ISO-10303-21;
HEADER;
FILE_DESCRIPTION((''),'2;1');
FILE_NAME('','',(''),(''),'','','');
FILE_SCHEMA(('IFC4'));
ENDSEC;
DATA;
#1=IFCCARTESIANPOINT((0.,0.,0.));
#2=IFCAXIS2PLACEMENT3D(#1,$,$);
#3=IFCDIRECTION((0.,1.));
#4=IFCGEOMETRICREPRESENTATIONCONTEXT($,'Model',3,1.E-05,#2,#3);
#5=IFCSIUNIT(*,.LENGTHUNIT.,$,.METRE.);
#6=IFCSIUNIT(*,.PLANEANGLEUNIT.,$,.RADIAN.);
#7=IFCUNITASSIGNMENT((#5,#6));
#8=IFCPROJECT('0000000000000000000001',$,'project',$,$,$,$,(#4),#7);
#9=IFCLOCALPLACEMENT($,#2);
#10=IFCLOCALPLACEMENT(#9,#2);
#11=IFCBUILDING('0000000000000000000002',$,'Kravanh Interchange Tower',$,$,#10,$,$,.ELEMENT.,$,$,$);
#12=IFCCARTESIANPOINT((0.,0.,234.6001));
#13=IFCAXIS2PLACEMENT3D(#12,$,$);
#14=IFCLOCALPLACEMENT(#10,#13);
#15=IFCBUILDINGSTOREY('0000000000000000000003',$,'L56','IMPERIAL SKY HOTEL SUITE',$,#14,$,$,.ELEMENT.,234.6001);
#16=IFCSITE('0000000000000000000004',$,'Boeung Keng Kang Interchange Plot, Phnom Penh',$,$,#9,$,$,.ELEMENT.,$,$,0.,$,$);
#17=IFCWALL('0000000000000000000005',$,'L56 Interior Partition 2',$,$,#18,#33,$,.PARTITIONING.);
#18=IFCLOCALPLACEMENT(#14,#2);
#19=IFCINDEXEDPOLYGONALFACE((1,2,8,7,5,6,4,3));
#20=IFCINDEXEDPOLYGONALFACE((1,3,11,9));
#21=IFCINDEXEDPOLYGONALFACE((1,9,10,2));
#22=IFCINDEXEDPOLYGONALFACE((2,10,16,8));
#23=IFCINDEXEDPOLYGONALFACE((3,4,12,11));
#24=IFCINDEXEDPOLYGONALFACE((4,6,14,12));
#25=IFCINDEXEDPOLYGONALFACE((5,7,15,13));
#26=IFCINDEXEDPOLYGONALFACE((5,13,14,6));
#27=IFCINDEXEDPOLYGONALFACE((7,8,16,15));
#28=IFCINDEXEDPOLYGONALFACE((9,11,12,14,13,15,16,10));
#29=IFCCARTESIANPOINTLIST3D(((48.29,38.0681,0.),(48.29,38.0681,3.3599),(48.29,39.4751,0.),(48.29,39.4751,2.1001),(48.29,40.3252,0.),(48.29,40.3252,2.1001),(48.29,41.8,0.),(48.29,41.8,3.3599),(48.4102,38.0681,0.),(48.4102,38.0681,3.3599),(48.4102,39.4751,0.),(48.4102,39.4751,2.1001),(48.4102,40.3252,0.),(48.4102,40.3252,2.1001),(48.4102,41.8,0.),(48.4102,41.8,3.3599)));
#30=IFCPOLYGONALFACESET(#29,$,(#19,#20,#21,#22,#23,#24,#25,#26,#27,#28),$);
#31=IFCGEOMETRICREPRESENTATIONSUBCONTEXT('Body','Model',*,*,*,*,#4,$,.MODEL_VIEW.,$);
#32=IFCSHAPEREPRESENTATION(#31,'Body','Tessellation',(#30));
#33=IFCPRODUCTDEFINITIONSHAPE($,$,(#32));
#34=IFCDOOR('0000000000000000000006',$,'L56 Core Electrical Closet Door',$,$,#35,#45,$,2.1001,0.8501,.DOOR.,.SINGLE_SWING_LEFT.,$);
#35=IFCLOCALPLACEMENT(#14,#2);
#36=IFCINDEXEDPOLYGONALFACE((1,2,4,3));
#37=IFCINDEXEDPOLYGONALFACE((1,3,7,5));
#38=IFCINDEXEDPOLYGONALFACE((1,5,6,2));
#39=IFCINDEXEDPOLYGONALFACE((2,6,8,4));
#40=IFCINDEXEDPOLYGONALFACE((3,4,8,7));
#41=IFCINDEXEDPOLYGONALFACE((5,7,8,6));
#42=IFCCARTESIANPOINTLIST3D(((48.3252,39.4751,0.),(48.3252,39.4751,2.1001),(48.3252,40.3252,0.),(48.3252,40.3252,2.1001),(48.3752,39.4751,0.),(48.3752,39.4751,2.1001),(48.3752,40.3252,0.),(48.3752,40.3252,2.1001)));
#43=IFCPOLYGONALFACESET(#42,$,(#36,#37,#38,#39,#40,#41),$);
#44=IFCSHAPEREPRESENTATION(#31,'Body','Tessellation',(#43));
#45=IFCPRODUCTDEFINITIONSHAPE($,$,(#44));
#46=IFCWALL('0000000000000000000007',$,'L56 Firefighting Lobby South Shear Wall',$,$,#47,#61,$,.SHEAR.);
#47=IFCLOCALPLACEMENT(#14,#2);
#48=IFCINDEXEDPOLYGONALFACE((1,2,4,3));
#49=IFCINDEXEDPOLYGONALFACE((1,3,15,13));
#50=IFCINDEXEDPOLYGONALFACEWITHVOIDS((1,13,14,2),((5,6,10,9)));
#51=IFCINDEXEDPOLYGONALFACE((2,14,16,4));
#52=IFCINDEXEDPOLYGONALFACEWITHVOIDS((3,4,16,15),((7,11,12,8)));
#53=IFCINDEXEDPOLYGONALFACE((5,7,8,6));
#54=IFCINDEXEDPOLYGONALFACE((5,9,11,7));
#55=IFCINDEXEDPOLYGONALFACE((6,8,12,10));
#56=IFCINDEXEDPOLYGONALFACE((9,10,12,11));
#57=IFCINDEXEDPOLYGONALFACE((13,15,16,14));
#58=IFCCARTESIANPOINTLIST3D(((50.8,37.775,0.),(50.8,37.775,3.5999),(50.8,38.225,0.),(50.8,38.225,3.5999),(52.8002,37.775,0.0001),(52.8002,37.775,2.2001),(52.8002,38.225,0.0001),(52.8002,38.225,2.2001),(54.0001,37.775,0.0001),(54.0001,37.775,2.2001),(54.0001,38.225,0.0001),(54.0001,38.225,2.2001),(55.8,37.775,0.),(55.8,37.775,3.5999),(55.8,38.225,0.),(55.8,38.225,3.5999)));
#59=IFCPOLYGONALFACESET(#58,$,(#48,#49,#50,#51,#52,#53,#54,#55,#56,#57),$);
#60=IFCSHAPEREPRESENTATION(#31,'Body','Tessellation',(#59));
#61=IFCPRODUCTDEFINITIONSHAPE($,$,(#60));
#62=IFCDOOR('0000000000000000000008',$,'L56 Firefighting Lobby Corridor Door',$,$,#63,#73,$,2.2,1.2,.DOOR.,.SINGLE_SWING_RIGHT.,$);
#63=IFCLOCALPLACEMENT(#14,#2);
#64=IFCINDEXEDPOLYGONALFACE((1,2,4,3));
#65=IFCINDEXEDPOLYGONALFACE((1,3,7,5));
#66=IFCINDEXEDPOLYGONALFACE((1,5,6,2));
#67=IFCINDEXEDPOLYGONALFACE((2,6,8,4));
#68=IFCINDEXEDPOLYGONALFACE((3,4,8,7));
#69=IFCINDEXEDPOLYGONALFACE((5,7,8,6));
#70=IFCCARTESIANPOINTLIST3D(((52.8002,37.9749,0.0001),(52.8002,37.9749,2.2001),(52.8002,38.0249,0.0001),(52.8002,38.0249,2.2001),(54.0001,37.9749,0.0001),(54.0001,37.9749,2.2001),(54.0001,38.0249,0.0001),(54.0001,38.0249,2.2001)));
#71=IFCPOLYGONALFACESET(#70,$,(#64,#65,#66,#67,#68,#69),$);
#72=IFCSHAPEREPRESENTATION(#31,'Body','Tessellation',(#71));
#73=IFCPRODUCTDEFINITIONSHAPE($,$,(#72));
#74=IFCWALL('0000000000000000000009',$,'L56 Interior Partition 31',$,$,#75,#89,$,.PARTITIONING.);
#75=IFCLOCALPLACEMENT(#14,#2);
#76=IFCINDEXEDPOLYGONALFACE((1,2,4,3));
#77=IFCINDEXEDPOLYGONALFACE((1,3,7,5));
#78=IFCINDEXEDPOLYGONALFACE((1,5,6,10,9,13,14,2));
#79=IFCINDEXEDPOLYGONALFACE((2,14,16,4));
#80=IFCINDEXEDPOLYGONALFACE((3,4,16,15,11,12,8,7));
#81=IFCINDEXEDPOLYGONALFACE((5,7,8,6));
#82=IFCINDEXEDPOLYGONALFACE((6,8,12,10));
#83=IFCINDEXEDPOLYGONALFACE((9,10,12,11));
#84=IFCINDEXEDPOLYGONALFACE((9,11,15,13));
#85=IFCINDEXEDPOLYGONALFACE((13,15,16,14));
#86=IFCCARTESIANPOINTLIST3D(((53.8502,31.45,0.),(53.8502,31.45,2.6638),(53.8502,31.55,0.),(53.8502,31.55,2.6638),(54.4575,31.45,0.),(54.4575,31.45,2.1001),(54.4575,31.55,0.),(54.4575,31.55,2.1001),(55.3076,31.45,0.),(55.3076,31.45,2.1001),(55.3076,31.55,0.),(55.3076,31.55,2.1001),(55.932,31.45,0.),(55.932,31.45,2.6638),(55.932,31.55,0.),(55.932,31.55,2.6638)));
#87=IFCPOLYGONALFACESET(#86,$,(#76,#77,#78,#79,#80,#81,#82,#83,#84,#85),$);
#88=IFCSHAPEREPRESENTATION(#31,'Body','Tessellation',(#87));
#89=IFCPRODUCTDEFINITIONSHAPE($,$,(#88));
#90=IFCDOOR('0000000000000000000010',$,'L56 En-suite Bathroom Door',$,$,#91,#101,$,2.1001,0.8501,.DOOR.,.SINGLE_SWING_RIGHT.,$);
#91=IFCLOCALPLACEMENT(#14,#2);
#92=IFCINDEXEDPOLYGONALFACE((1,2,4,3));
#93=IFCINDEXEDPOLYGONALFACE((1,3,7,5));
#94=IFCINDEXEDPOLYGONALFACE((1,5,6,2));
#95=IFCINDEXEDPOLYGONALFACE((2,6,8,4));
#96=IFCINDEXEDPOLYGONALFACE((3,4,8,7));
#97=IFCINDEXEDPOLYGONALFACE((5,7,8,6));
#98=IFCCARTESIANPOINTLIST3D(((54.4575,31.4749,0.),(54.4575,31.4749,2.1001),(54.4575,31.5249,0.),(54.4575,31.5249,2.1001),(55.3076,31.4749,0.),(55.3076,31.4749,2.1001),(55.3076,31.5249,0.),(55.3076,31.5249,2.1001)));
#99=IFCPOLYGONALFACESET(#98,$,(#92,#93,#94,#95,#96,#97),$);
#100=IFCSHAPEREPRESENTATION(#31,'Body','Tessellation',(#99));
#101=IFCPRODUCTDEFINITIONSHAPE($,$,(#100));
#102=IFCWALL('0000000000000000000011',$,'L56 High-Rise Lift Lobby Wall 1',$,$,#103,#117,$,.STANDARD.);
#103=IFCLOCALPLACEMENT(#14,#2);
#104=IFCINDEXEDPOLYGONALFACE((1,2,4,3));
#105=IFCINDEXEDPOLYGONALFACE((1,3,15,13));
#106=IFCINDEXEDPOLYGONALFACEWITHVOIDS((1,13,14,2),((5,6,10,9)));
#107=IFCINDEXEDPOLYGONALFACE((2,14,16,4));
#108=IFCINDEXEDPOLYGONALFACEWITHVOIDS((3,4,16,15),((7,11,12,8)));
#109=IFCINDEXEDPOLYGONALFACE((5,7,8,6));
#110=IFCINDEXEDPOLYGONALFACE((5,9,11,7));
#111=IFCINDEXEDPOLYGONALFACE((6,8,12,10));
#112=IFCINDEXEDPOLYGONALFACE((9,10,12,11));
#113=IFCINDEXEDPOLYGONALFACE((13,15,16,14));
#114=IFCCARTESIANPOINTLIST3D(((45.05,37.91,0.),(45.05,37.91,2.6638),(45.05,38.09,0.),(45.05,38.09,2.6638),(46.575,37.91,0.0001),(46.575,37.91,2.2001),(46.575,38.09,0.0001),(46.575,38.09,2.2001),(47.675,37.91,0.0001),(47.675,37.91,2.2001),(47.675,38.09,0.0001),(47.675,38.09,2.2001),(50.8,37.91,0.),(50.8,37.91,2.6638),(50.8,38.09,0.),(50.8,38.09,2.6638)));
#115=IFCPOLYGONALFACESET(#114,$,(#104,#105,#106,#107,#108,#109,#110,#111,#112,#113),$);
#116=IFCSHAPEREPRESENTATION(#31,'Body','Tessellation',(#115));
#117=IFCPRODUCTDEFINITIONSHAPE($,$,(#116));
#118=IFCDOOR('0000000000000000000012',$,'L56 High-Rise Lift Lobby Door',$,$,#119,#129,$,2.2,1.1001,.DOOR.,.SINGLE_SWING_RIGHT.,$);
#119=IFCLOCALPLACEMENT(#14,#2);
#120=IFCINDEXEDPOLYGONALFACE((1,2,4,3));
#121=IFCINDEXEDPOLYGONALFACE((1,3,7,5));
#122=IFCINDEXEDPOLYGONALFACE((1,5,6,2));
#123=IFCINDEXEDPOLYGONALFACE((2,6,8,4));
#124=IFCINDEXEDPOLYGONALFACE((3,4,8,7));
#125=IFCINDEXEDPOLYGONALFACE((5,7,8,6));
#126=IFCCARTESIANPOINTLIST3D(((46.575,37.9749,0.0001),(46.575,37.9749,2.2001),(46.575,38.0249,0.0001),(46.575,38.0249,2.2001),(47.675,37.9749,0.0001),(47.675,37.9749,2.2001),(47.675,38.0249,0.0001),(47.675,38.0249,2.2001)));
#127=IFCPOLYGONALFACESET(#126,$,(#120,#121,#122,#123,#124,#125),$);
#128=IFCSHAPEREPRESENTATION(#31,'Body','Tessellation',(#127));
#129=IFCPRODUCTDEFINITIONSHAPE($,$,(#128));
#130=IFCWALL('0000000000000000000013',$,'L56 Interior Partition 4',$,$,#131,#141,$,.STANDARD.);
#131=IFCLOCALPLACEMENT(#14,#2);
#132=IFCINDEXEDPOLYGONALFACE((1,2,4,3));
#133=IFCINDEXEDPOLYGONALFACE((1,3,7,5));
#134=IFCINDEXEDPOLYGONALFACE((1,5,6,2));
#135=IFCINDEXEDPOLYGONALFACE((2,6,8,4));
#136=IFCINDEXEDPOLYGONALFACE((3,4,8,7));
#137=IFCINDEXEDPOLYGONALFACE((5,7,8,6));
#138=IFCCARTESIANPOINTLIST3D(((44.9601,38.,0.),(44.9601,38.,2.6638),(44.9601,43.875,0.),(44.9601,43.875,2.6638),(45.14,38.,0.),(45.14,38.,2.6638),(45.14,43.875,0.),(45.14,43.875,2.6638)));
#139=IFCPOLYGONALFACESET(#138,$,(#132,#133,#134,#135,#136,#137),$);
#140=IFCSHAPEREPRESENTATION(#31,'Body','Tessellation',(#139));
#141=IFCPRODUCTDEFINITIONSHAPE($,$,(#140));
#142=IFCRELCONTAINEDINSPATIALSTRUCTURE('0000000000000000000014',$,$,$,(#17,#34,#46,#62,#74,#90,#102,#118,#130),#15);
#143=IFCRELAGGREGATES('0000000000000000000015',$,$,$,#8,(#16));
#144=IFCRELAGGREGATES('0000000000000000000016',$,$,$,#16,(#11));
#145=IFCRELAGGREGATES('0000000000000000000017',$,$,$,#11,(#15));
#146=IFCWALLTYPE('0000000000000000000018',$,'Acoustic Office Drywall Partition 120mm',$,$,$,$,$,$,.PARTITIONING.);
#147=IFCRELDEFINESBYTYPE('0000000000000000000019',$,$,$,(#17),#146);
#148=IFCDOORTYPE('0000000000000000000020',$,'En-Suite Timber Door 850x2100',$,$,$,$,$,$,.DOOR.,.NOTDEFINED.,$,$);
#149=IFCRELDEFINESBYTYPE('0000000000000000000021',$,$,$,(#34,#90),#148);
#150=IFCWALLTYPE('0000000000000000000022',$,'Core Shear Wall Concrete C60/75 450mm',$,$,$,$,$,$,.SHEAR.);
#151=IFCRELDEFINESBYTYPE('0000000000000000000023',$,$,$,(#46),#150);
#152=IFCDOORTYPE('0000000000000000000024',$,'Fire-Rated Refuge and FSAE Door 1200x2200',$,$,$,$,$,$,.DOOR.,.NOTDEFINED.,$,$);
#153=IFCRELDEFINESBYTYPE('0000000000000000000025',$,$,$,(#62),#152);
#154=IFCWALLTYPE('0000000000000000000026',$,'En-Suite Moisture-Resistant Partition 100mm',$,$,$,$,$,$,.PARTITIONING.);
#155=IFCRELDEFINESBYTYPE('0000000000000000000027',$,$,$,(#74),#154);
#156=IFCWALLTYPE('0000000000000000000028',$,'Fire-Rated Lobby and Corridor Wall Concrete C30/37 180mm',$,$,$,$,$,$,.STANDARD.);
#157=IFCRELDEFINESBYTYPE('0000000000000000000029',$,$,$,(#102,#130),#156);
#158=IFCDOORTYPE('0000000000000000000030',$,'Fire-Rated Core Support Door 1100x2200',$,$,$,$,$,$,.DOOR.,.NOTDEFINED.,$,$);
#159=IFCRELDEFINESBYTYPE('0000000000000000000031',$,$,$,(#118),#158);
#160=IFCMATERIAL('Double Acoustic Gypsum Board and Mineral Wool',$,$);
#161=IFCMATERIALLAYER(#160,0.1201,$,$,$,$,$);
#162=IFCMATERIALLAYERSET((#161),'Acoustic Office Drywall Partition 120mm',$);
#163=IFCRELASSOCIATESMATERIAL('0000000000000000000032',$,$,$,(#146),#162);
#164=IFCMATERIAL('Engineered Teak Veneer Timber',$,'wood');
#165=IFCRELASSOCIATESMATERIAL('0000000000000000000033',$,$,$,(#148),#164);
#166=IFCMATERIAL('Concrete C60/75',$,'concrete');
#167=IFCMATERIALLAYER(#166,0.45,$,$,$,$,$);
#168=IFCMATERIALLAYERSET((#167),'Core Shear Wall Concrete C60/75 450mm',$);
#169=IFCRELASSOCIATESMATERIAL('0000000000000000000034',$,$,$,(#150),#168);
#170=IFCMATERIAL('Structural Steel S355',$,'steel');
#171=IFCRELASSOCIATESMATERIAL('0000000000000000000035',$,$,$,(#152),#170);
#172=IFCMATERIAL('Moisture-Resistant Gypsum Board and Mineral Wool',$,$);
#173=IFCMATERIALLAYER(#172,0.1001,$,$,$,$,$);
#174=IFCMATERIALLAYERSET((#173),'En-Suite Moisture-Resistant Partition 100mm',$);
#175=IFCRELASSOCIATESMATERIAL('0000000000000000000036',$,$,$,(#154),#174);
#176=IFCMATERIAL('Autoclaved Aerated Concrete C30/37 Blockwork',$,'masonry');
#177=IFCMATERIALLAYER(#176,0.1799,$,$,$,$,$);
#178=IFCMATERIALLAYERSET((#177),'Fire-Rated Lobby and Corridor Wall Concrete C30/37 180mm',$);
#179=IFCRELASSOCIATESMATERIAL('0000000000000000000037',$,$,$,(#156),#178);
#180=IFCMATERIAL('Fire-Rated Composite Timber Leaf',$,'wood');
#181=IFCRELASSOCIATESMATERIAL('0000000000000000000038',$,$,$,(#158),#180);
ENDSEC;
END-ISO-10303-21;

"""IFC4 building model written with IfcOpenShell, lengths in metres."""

from ifc_helpers import new_model, si_unit, direction, frame, frame_2d, origin, place, context, subcontext, project, spatial, rectangle, extrude, material, layer, layer_set, type_object, element, fill, save


model = new_model("IFC4")

# Units and contexts
model_context = context("Model", 3, precision=1e-05, world=origin(), true_north=direction((0.0, 1.0)))
body_context = subcontext(model_context, "Body", "Model", "MODEL_VIEW")
ifc_project = project(units=[si_unit("LENGTHUNIT", "METRE"), si_unit("PLANEANGLEUNIT", "RADIAN")], contexts=[model_context])

# Site, building, storey
site_placement = place(None, origin())
site = spatial("IfcSite", under=ifc_project, at=site_placement, Name="Boeung Keng Kang Interchange Plot, Phnom Penh", CompositionType="ELEMENT", RefElevation=0.0)
building_placement = place(site_placement, origin())
building = spatial("IfcBuilding", under=site, at=building_placement, Name="Kravanh Interchange Tower", CompositionType="ELEMENT")
storey_placement = place(building_placement, frame((0.0, 0.0, 234.6001)))
storey = spatial("IfcBuildingStorey", under=building, at=storey_placement, Name="L56", Description="IMPERIAL SKY HOTEL SUITE", CompositionType="ELEMENT", Elevation=234.6001)

# Wall, opening, door
ifc_material_1 = material(Name="Double Acoustic Gypsum Board and Mineral Wool")
ifc_layer_1 = layer(ifc_material_1, 0.1201)
ifc_layer_set_1 = layer_set([ifc_layer_1], Name="Acoustic Office Drywall Partition 120mm")
wall_type_1 = type_object("IfcWallType", Name="Acoustic Office Drywall Partition 120mm", PredefinedType="PARTITIONING", material=ifc_layer_set_1)
wall_1_placement = place(storey_placement, frame((48.3501, 38.0681, 0.0), z_axis=(0.0, 0.0, 1.0), x_axis=(0.0, 1.0, 0.0)))
wall_1 = element("IfcWall", 1, at=wall_1_placement, inside=storey, type_object=wall_type_1, Name="L56 Interior Partition 2", PredefinedType="PARTITIONING", context=body_context, shape_type="SweptSolid", body=[
    extrude(rectangle(XDim=3.7319, YDim=0.1201, at=frame_2d((1.866, 0.0))), origin(), (0.0, 0.0, 1.0), 3.3599),
])
opening_1_placement = place(wall_1_placement, frame((1.407, 0.0, 0.0)))
opening_1 = element("IfcOpeningElement", 2, at=opening_1_placement, cuts=wall_1, PredefinedType="OPENING", context=body_context, shape_type="SweptSolid", body=[
    extrude(rectangle(XDim=0.8501, YDim=2.1001, at=frame_2d((0.425, 1.05))), frame((0.0, 0.0701, 0.0), z_axis=(0.0, -1.0, 0.0), x_axis=(1.0, 0.0, 0.0)), (0.0, 0.0, 1.0), 0.1401),
])
ifc_material_2 = material(Name="Engineered Teak Veneer Timber", Category="wood")
door_type_1 = type_object("IfcDoorType", Name="En-Suite Timber Door 850x2100", OperationType="NOTDEFINED", PredefinedType="DOOR", material=ifc_material_2)
door_1_placement = place(opening_1_placement, origin())
door_1 = element("IfcDoor", 3, at=door_1_placement, inside=storey, type_object=door_type_1, Name="L56 Core Electrical Closet Door", OperationType="SINGLE_SWING_LEFT", OverallHeight=2.1001, OverallWidth=0.8501, PredefinedType="DOOR", context=body_context, shape_type="SweptSolid", body=[
    extrude(rectangle(XDim=0.8501, YDim=2.1001, at=frame_2d((0.425, 1.05))), frame((0.0, 0.0249, 0.0), z_axis=(0.0, -1.0, 0.0), x_axis=(1.0, 0.0, 0.0)), (0.0, 0.0, 1.0), 0.05),
])
fill(opening_1, door_1)

# Shared definitions
ifc_material_3 = material(Name="Concrete C60/75", Category="concrete")
ifc_layer_2 = layer(ifc_material_3, 0.45)
ifc_layer_set_2 = layer_set([ifc_layer_2], Name="Core Shear Wall Concrete C60/75 450mm")
wall_type_2 = type_object("IfcWallType", Name="Core Shear Wall Concrete C60/75 450mm", PredefinedType="SHEAR", material=ifc_layer_set_2)

# Walls, openings, doors
wall_2_placement = place(storey_placement, frame((50.8, 38.0, 0.0), z_axis=(0.0, 0.0, 1.0), x_axis=(1.0, 0.0, 0.0)))
wall_2 = element("IfcWall", 4, at=wall_2_placement, inside=storey, type_object=wall_type_2, Name="L56 Firefighting Lobby South Shear Wall", PredefinedType="SHEAR", context=body_context, shape_type="SweptSolid", body=[
    extrude(rectangle(XDim=5.0, YDim=0.45, at=frame_2d((2.5, 0.0))), origin(), (0.0, 0.0, 1.0), 3.5999),
])
opening_2_placement = place(wall_2_placement, frame((2.0, 0.0, 0.0)))
opening_2 = element("IfcOpeningElement", 5, at=opening_2_placement, cuts=wall_2, PredefinedType="OPENING", context=body_context, shape_type="SweptSolid", body=[
    extrude(rectangle(XDim=1.2, YDim=2.2, at=frame_2d((0.6001, 1.1001))), frame((0.0, 0.2349, 0.0), z_axis=(0.0, -1.0, 0.0), x_axis=(1.0, 0.0, 0.0)), (0.0, 0.0, 1.0), 0.47),
])
ifc_material_4 = material(Name="Structural Steel S355", Category="steel")
door_type_2 = type_object("IfcDoorType", Name="Fire-Rated Refuge and FSAE Door 1200x2200", OperationType="NOTDEFINED", PredefinedType="DOOR", material=ifc_material_4)
door_2_placement = place(opening_2_placement, origin())
door_2 = element("IfcDoor", 6, at=door_2_placement, inside=storey, type_object=door_type_2, Name="L56 Firefighting Lobby Corridor Door", OperationType="SINGLE_SWING_RIGHT", OverallHeight=2.2, OverallWidth=1.2, PredefinedType="DOOR", context=body_context, shape_type="SweptSolid", body=[
    extrude(rectangle(XDim=1.2, YDim=2.2, at=frame_2d((0.6001, 1.1001))), frame((0.0, 0.0249, 0.0), z_axis=(0.0, -1.0, 0.0), x_axis=(1.0, 0.0, 0.0)), (0.0, 0.0, 1.0), 0.05),
])
fill(opening_2, door_2)
ifc_material_5 = material(Name="Moisture-Resistant Gypsum Board and Mineral Wool")
ifc_layer_3 = layer(ifc_material_5, 0.1001)
ifc_layer_set_3 = layer_set([ifc_layer_3], Name="En-Suite Moisture-Resistant Partition 100mm")
wall_type_3 = type_object("IfcWallType", Name="En-Suite Moisture-Resistant Partition 100mm", PredefinedType="PARTITIONING", material=ifc_layer_set_3)
wall_3_placement = place(storey_placement, frame((53.8501, 31.5, 0.0), z_axis=(0.0, 0.0, 1.0), x_axis=(1.0, 0.0, 0.0)))
wall_3 = element("IfcWall", 7, at=wall_3_placement, inside=storey, type_object=wall_type_3, Name="L56 Interior Partition 31", PredefinedType="PARTITIONING", context=body_context, shape_type="SweptSolid", body=[
    extrude(rectangle(XDim=2.0818, YDim=0.1001, at=frame_2d((1.041, 0.0))), origin(), (0.0, 0.0, 1.0), 2.6638),
])
opening_3_placement = place(wall_3_placement, frame((0.6074, 0.0, 0.0)))
opening_3 = element("IfcOpeningElement", 8, at=opening_3_placement, cuts=wall_3, PredefinedType="OPENING", context=body_context, shape_type="SweptSolid", body=[
    extrude(rectangle(XDim=0.8501, YDim=2.1001, at=frame_2d((0.425, 1.05))), frame((0.0, 0.0601, 0.0), z_axis=(0.0, -1.0, 0.0), x_axis=(1.0, 0.0, 0.0)), (0.0, 0.0, 1.0), 0.1201),
])
door_3_placement = place(opening_3_placement, origin())
door_3 = element("IfcDoor", 9, at=door_3_placement, inside=storey, type_object=door_type_1, Name="L56 En-suite Bathroom Door", OperationType="SINGLE_SWING_RIGHT", OverallHeight=2.1001, OverallWidth=0.8501, PredefinedType="DOOR", context=body_context, shape_type="SweptSolid", body=[
    extrude(rectangle(XDim=0.8501, YDim=2.1001, at=frame_2d((0.425, 1.05))), frame((0.0, 0.0249, 0.0), z_axis=(0.0, -1.0, 0.0), x_axis=(1.0, 0.0, 0.0)), (0.0, 0.0, 1.0), 0.05),
])
fill(opening_3, door_3)
ifc_material_6 = material(Name="Autoclaved Aerated Concrete C30/37 Blockwork", Category="masonry")
ifc_layer_4 = layer(ifc_material_6, 0.1799)
ifc_layer_set_4 = layer_set([ifc_layer_4], Name="Fire-Rated Lobby and Corridor Wall Concrete C30/37 180mm")
wall_type_4 = type_object("IfcWallType", Name="Fire-Rated Lobby and Corridor Wall Concrete C30/37 180mm", PredefinedType="STANDARD", material=ifc_layer_set_4)
wall_4_placement = place(storey_placement, frame((45.05, 38.0, 0.0), z_axis=(0.0, 0.0, 1.0), x_axis=(1.0, 0.0, 0.0)))
wall_4 = element("IfcWall", 10, at=wall_4_placement, inside=storey, type_object=wall_type_4, Name="L56 High-Rise Lift Lobby Wall 1", PredefinedType="STANDARD", context=body_context, shape_type="SweptSolid", body=[
    extrude(rectangle(XDim=5.75, YDim=0.1799, at=frame_2d((2.875, 0.0))), origin(), (0.0, 0.0, 1.0), 2.6638),
])
opening_4_placement = place(wall_4_placement, frame((1.5249, 0.0, 0.0)))
opening_4 = element("IfcOpeningElement", 11, at=opening_4_placement, cuts=wall_4, PredefinedType="OPENING", context=body_context, shape_type="SweptSolid", body=[
    extrude(rectangle(XDim=1.1001, YDim=2.2, at=frame_2d((0.55, 1.1001))), frame((0.0, 0.1001, 0.0), z_axis=(0.0, -1.0, 0.0), x_axis=(1.0, 0.0, 0.0)), (0.0, 0.0, 1.0), 0.2),
])
ifc_material_7 = material(Name="Fire-Rated Composite Timber Leaf", Category="wood")
door_type_3 = type_object("IfcDoorType", Name="Fire-Rated Core Support Door 1100x2200", OperationType="NOTDEFINED", PredefinedType="DOOR", material=ifc_material_7)
door_4_placement = place(opening_4_placement, origin())
door_4 = element("IfcDoor", 12, at=door_4_placement, inside=storey, type_object=door_type_3, Name="L56 High-Rise Lift Lobby Door", OperationType="SINGLE_SWING_RIGHT", OverallHeight=2.2, OverallWidth=1.1001, PredefinedType="DOOR", context=body_context, shape_type="SweptSolid", body=[
    extrude(rectangle(XDim=1.1001, YDim=2.2, at=frame_2d((0.55, 1.1001))), frame((0.0, 0.0249, 0.0), z_axis=(0.0, -1.0, 0.0), x_axis=(1.0, 0.0, 0.0)), (0.0, 0.0, 1.0), 0.05),
])
fill(opening_4, door_4)

# Wall
wall_5_placement = place(storey_placement, frame((45.05, 38.0, 0.0), z_axis=(0.0, 0.0, 1.0), x_axis=(0.0, 1.0, 0.0)))
element("IfcWall", 13, at=wall_5_placement, inside=storey, type_object=wall_type_4, Name="L56 Interior Partition 4", PredefinedType="STANDARD", context=body_context, shape_type="SweptSolid", body=[
    extrude(rectangle(XDim=5.875, YDim=0.1799, at=frame_2d((2.9375, 0.0))), origin(), (0.0, 0.0, 1.0), 2.6638),
])

save(model, "model.ifc")
